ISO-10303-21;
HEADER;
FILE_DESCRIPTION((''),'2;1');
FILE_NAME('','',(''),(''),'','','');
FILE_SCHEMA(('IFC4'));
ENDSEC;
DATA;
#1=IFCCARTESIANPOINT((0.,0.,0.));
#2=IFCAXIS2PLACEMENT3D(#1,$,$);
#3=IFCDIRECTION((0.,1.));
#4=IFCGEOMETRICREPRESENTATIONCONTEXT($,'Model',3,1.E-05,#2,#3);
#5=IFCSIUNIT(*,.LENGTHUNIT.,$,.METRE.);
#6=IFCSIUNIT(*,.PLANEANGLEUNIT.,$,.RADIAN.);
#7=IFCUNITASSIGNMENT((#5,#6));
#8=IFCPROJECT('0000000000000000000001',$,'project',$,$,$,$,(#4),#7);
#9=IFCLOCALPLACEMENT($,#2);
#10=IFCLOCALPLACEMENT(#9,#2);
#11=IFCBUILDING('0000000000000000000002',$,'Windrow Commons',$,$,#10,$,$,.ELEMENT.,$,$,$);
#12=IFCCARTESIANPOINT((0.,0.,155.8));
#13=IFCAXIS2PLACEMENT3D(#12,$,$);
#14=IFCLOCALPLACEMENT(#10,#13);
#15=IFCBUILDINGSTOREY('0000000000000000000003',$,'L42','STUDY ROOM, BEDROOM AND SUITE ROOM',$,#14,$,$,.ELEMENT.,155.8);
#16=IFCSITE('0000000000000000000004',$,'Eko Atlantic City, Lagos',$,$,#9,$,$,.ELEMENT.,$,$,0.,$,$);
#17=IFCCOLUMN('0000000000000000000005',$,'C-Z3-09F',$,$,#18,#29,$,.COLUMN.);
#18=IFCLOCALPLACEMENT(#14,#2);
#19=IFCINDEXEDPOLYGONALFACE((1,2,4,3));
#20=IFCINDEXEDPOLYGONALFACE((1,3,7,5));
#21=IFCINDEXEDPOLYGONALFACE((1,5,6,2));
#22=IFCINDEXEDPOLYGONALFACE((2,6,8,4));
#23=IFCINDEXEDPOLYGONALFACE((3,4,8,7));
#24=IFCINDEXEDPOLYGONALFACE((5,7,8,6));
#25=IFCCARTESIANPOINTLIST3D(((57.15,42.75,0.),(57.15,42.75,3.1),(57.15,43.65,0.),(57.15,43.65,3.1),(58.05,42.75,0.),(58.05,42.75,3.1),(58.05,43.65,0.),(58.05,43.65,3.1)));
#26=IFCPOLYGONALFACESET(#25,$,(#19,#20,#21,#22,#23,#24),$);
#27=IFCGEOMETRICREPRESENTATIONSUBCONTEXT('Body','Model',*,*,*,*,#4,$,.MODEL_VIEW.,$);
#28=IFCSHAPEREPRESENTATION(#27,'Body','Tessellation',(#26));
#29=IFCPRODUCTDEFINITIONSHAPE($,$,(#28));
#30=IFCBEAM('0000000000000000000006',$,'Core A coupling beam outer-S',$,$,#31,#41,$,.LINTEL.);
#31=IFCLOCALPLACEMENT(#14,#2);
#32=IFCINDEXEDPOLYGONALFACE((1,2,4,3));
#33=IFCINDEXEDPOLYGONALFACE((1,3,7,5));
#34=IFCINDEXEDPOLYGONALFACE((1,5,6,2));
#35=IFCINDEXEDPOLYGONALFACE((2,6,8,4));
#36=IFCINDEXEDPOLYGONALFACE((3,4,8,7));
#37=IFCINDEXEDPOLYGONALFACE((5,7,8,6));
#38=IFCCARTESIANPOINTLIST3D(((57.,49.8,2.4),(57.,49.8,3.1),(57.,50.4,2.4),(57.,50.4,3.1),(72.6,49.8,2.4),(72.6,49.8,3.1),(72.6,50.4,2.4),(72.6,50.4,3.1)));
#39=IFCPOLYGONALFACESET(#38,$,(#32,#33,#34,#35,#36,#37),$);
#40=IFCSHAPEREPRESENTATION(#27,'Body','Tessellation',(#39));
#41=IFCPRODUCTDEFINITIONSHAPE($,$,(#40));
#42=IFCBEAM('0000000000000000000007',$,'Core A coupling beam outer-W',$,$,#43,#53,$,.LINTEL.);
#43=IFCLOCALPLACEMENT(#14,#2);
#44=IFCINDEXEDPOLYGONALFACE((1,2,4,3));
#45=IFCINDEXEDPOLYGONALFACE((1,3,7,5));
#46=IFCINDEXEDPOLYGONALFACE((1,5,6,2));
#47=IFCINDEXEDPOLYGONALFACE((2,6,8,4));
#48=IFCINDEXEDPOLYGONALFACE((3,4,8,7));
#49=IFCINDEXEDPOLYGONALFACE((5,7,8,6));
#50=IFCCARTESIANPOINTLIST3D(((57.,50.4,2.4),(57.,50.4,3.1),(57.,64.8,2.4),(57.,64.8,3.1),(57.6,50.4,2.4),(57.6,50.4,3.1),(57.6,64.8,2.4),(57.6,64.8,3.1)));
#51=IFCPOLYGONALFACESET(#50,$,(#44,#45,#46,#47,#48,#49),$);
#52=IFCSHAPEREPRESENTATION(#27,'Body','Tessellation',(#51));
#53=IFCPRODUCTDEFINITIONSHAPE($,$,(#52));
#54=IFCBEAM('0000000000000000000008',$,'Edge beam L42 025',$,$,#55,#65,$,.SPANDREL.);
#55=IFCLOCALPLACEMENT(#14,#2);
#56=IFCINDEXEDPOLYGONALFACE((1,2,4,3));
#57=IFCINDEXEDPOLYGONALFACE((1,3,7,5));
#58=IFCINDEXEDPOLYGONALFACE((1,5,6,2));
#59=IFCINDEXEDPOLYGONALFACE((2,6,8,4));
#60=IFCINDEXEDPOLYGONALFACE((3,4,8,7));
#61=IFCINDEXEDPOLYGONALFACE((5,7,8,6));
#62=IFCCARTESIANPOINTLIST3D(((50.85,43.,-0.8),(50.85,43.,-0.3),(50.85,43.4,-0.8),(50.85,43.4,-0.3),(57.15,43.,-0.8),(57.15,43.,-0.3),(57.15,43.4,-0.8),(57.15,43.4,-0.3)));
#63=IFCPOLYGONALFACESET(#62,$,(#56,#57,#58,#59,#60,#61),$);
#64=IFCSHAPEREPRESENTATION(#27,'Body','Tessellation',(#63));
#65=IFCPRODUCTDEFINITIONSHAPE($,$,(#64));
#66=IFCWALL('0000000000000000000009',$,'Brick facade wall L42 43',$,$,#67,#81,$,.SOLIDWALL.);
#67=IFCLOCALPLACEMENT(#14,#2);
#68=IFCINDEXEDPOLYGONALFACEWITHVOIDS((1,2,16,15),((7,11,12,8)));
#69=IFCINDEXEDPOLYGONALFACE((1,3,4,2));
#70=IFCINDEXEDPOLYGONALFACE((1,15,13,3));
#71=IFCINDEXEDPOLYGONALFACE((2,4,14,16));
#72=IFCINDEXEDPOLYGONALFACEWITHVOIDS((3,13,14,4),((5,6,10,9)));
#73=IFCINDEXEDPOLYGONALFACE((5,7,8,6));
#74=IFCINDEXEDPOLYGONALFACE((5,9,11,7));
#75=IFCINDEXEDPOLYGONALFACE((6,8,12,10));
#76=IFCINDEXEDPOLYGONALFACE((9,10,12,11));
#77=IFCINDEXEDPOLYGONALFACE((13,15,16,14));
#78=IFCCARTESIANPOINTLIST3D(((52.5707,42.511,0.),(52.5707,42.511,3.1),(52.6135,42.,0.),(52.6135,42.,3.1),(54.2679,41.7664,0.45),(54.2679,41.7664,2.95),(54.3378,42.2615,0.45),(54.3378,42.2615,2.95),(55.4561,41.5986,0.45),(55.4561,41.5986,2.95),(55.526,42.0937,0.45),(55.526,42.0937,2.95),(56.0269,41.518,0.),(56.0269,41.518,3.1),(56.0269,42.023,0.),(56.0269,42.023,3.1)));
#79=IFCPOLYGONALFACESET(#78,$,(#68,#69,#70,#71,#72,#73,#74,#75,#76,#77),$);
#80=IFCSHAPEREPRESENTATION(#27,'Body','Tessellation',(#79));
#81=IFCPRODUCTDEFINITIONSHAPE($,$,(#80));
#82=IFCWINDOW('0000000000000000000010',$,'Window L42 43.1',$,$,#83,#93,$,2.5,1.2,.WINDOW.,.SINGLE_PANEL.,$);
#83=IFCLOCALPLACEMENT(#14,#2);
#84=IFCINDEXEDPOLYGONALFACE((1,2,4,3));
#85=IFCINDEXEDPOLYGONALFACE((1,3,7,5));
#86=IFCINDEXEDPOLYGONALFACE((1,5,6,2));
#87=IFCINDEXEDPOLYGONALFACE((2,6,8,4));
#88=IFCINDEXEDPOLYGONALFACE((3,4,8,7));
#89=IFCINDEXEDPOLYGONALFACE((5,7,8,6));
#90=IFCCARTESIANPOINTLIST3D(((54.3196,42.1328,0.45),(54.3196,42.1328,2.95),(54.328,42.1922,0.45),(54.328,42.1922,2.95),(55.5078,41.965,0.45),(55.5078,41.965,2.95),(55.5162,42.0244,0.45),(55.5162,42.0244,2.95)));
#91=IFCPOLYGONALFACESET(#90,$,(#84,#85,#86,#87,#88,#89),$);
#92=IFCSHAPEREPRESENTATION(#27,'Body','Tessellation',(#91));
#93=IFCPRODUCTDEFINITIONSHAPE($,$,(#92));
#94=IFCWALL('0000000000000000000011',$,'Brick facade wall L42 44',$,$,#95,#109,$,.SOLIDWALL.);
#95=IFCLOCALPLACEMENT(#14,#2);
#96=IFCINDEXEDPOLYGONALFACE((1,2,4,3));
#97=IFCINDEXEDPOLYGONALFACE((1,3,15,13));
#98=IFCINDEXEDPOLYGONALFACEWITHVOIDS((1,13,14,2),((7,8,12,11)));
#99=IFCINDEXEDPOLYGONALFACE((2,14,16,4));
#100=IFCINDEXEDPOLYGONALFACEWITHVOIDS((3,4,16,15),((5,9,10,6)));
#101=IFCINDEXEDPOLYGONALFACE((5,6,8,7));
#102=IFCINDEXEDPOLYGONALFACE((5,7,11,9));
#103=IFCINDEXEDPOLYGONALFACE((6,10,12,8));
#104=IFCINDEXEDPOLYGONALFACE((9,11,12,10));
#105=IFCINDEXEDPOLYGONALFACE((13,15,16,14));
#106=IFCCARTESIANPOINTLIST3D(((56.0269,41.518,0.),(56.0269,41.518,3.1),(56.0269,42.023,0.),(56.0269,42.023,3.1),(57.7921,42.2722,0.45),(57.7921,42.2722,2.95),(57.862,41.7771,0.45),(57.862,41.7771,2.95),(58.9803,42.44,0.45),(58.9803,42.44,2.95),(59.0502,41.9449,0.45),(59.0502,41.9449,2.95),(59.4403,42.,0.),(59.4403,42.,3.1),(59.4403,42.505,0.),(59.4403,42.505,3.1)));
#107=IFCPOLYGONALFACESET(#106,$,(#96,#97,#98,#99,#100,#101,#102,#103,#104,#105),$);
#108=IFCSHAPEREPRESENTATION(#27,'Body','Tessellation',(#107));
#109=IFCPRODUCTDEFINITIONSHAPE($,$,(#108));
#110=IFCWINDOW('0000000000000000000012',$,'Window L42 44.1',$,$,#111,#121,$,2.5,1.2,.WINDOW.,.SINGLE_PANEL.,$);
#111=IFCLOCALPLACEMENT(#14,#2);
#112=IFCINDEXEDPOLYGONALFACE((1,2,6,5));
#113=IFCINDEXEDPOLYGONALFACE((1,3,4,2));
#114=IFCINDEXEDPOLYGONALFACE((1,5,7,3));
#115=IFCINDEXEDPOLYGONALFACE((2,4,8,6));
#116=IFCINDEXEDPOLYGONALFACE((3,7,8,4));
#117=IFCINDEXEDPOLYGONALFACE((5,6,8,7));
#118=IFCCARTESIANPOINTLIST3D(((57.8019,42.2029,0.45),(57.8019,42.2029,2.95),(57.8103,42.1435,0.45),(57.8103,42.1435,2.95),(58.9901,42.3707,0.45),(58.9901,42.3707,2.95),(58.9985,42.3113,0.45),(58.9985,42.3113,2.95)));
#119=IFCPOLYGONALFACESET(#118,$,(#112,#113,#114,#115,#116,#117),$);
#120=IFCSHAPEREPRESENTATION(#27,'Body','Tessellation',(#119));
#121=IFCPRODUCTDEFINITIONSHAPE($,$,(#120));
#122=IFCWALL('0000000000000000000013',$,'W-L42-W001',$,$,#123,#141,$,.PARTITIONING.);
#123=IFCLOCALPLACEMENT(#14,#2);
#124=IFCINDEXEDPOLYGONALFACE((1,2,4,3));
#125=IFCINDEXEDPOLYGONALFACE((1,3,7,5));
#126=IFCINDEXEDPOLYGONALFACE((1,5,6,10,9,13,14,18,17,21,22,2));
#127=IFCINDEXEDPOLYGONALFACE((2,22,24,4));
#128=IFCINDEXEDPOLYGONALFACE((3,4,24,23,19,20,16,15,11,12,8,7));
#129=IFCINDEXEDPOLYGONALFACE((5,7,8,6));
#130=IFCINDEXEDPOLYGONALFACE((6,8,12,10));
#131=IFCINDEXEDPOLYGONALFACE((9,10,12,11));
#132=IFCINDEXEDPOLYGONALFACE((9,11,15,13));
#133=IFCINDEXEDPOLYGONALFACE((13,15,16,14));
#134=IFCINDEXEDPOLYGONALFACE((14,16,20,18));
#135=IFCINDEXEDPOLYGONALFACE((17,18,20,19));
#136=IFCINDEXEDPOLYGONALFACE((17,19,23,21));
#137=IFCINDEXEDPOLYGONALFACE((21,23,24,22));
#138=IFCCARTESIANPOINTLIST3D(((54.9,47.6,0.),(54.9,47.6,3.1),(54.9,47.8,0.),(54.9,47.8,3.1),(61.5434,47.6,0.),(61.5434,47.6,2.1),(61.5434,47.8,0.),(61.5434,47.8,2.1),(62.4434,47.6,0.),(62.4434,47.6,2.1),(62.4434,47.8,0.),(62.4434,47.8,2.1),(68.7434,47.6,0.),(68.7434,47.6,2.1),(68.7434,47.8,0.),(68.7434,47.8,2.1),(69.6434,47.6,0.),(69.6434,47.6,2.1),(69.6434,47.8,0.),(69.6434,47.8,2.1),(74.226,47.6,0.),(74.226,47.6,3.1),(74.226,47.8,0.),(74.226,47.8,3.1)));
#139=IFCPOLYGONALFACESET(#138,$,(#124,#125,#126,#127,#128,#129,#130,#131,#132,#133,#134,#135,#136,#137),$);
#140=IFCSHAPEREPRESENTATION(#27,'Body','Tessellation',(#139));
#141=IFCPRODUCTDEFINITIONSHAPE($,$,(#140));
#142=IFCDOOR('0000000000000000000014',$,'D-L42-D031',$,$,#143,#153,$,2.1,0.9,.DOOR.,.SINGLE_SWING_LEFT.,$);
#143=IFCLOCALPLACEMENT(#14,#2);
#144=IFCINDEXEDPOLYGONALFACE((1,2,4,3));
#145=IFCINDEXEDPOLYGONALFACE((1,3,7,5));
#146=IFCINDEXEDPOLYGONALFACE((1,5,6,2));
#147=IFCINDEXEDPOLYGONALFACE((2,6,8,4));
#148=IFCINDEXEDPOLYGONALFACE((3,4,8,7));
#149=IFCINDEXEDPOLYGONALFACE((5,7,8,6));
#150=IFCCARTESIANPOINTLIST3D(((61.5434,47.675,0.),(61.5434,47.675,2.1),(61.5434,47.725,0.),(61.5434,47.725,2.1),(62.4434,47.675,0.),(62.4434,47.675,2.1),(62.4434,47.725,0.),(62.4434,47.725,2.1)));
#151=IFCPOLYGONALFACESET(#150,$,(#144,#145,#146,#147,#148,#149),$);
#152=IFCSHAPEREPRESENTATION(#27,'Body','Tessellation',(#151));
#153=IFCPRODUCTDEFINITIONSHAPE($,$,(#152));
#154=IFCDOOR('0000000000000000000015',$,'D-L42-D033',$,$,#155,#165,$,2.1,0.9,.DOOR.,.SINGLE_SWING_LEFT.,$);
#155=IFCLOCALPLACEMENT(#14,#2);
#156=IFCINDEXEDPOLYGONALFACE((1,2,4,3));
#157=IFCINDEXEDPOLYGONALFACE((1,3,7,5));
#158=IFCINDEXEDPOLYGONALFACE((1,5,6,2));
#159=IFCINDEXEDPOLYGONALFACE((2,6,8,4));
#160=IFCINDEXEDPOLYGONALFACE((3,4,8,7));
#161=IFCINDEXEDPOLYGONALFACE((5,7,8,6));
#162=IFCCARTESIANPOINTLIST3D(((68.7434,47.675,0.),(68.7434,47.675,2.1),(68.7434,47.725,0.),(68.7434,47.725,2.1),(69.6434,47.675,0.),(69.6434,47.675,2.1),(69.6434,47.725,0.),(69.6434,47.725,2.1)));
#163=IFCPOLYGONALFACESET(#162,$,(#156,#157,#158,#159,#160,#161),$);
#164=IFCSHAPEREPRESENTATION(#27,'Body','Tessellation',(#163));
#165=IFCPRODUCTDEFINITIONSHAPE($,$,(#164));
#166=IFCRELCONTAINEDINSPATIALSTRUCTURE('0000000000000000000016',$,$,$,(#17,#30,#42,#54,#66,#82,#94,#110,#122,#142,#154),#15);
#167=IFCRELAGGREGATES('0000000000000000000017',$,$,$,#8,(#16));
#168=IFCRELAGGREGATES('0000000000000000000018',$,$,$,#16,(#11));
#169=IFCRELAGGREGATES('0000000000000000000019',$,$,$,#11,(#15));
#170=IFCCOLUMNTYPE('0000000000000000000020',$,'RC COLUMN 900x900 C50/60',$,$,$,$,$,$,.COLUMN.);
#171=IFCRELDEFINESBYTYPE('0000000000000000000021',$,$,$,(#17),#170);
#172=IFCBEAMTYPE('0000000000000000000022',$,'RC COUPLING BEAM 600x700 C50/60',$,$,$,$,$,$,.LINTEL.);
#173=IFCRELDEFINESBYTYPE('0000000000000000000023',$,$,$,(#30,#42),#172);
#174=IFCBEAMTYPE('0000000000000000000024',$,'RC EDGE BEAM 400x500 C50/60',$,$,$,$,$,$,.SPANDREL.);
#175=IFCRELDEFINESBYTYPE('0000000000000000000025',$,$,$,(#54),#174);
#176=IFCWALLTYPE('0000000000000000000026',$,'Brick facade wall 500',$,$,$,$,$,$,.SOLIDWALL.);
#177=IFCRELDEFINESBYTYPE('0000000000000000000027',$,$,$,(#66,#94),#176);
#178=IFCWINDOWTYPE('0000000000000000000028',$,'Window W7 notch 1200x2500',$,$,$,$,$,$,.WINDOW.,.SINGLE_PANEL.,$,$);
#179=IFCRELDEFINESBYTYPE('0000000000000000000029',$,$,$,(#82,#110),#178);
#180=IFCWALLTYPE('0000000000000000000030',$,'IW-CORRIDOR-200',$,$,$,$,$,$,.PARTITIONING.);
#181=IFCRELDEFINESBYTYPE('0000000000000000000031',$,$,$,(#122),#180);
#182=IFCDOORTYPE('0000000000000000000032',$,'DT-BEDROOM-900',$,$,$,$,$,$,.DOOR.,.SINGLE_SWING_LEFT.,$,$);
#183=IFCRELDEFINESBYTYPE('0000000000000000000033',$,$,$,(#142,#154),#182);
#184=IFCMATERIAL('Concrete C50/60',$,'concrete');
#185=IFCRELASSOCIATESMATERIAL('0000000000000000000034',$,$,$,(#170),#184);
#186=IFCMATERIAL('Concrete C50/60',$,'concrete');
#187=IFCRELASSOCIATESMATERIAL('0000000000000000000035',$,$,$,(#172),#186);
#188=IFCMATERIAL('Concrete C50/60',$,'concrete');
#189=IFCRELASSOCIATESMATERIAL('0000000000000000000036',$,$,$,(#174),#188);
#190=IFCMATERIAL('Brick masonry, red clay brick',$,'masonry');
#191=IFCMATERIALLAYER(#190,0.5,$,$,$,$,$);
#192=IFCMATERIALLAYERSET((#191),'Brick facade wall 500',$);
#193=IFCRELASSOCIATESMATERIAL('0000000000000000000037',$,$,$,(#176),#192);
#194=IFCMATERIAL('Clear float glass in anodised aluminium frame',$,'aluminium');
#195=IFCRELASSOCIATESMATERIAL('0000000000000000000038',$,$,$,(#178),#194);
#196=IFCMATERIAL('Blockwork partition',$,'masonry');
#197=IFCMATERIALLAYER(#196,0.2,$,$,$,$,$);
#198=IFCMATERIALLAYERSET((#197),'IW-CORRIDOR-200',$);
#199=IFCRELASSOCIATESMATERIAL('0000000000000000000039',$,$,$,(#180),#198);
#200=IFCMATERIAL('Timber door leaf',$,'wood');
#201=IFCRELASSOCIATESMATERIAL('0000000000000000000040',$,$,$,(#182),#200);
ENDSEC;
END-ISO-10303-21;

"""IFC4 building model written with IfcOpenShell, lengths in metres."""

from ifc_helpers import new_model, si_unit, direction, frame, frame_2d, origin, origin_2d, place, context, subcontext, project, spatial, polyline, rectangle, outline, extrude, material, layer, layer_set, material_profile, profile_set, type_object, element, fill, save


model = new_model("IFC4")

# Units and contexts
model_context = context("Model", 3, precision=1e-05, world=origin(), true_north=direction((0.0, 1.0)))
body_context = subcontext(model_context, "Body", "Model", "MODEL_VIEW")
ifc_project = project(units=[si_unit("LENGTHUNIT", "METRE"), si_unit("PLANEANGLEUNIT", "RADIAN")], contexts=[model_context])

# Site, building, storey
site_placement = place(None, origin())
site = spatial("IfcSite", under=ifc_project, at=site_placement, Name="Eko Atlantic City, Lagos", CompositionType="ELEMENT", RefElevation=0.0)
building_placement = place(site_placement, origin())
building = spatial("IfcBuilding", under=site, at=building_placement, Name="Windrow Commons", CompositionType="ELEMENT")
storey_placement = place(building_placement, frame((0.0, 0.0, 155.8)))
storey = spatial("IfcBuildingStorey", under=building, at=storey_placement, Name="L42", Description="STUDY ROOM, BEDROOM AND SUITE ROOM", CompositionType="ELEMENT", Elevation=155.8)

# Column
ifc_material_1 = material(Name="Concrete C50/60", Category="concrete")
ifc_material_profile_1 = material_profile(ifc_material_1, rectangle(XDim=0.9, YDim=0.9, at=origin_2d()))
ifc_profile_set_1 = profile_set([ifc_material_profile_1], Name="Concrete C50/60")
column_type = type_object("IfcColumnType", Name="RC COLUMN 900x900 C50/60", PredefinedType="COLUMN", material=ifc_profile_set_1)
column_placement = place(storey_placement, frame((57.6, 43.2, 0.0), z_axis=(0.0, 0.0, 1.0), x_axis=(1.0, 0.0, 0.0)))
element("IfcColumn", 1, at=column_placement, inside=storey, type_object=column_type, Name="C-Z3-09F", PredefinedType="COLUMN", context=body_context, shape_type="SweptSolid", body=[
    extrude(rectangle(XDim=0.9, YDim=0.9, at=origin_2d()), origin(), (0.0, 0.0, 1.0), 3.1),
])

# Beams
ifc_material_2 = material(Name="Concrete C50/60", Category="concrete")
ifc_material_profile_2 = material_profile(ifc_material_2, rectangle(XDim=0.6, YDim=0.7, at=origin_2d()))
ifc_profile_set_2 = profile_set([ifc_material_profile_2], Name="Concrete C50/60")
beam_type_1 = type_object("IfcBeamType", Name="RC COUPLING BEAM 600x700 C50/60", PredefinedType="LINTEL", material=ifc_profile_set_2)
beam_1_placement = place(storey_placement, frame((57.0, 50.1, 2.75), z_axis=(1.0, 0.0, 0.0), x_axis=(0.0, 1.0, 0.0)))
element("IfcBeam", 2, at=beam_1_placement, inside=storey, type_object=beam_type_1, Name="Core A coupling beam outer-S", PredefinedType="LINTEL", context=body_context, shape_type="SweptSolid", body=[
    extrude(rectangle(XDim=0.6, YDim=0.7, at=origin_2d()), origin(), (0.0, 0.0, 1.0), 15.6),
])
beam_2_placement = place(storey_placement, frame((57.3, 50.4, 2.75), z_axis=(0.0, 1.0, 0.0), x_axis=(-1.0, 0.0, 0.0)))
element("IfcBeam", 3, at=beam_2_placement, inside=storey, type_object=beam_type_1, Name="Core A coupling beam outer-W", PredefinedType="LINTEL", context=body_context, shape_type="SweptSolid", body=[
    extrude(rectangle(XDim=0.6, YDim=0.7, at=origin_2d()), origin(), (0.0, 0.0, 1.0), 14.4),
])
ifc_material_3 = material(Name="Concrete C50/60", Category="concrete")
ifc_material_profile_3 = material_profile(ifc_material_3, rectangle(XDim=0.4, YDim=0.5, at=origin_2d()))
ifc_profile_set_3 = profile_set([ifc_material_profile_3], Name="Concrete C50/60")
beam_type_2 = type_object("IfcBeamType", Name="RC EDGE BEAM 400x500 C50/60", PredefinedType="SPANDREL", material=ifc_profile_set_3)
beam_3_placement = place(storey_placement, frame((57.15, 43.2, -0.55), z_axis=(-1.0, 0.0, 0.0), x_axis=(0.0, -1.0, 0.0)))
element("IfcBeam", 4, at=beam_3_placement, inside=storey, type_object=beam_type_2, Name="Edge beam L42 025", PredefinedType="SPANDREL", context=body_context, shape_type="SweptSolid", body=[
    extrude(rectangle(XDim=0.4, YDim=0.5, at=origin_2d()), origin(), (0.0, 0.0, 1.0), 6.3),
])

# Walls, openings, windows
ifc_material_4 = material(Name="Brick masonry, red clay brick", Category="masonry")
ifc_layer_1 = layer(ifc_material_4, 0.5)
ifc_layer_set_1 = layer_set([ifc_layer_1], Name="Brick facade wall 500")
wall_type_1 = type_object("IfcWallType", Name="Brick facade wall 500", PredefinedType="SOLIDWALL", material=ifc_layer_set_1)
wall_1_placement = place(storey_placement, frame((52.5921, 42.2555, 0.0), z_axis=(0.0, 0.0, 1.0), x_axis=(0.990178, -0.139815, 0.0)))
wall_1 = element("IfcWall", 5, at=wall_1_placement, inside=storey, type_object=wall_type_1, Name="Brick facade wall L42 43", PredefinedType="SOLIDWALL", context=body_context, shape_type="SweptSolid", body=[
    extrude(outline(polyline([(0.0569, -0.25), (3.5042, -0.25), (3.4336, 0.25), (-0.0569, 0.25), (0.0569, -0.25)])), origin(), (0.0, 0.0, 1.0), 3.1),
])
opening_1_placement = place(wall_1_placement, frame((1.7277, 0.0, 0.45)))
opening_1 = element("IfcOpeningElement", 6, at=opening_1_placement, cuts=wall_1, PredefinedType="OPENING", context=body_context, shape_type="SweptSolid", body=[
    extrude(rectangle(XDim=1.2, YDim=2.5, at=frame_2d((0.6, 1.25))), frame((0.0, 0.26, 0.0), z_axis=(0.0, -1.0, 0.0), x_axis=(1.0, 0.0, 0.0)), (0.0, 0.0, 1.0), 0.52),
])
ifc_material_5 = material(Name="Clear float glass in anodised aluminium frame", Category="aluminium")
window_type = type_object("IfcWindowType", Name="Window W7 notch 1200x2500", PartitioningType="SINGLE_PANEL", PredefinedType="WINDOW", material=ifc_material_5)
window_1_placement = place(opening_1_placement, origin())
window_1 = element("IfcWindow", 7, at=window_1_placement, inside=storey, type_object=window_type, Name="Window L42 43.1", OverallHeight=2.5, OverallWidth=1.2, PartitioningType="SINGLE_PANEL", PredefinedType="WINDOW", context=body_context, shape_type="SweptSolid", body=[
    extrude(rectangle(XDim=1.2, YDim=2.5, at=frame_2d((0.6, 1.25))), frame((0.0, 0.18, 0.0), z_axis=(0.0, -1.0, 0.0), x_axis=(1.0, 0.0, 0.0)), (0.0, 0.0, 1.0), 0.06),
])
fill(opening_1, window_1)
wall_2_placement = place(storey_placement, frame((56.0269, 41.7705, 0.0), z_axis=(0.0, 0.0, 1.0), x_axis=(0.990177, 0.139817, 0.0)))
wall_2 = element("IfcWall", 8, at=wall_2_placement, inside=storey, type_object=wall_type_1, Name="Brick facade wall L42 44", PredefinedType="SOLIDWALL", context=body_context, shape_type="SweptSolid", body=[
    extrude(outline(polyline([(-0.0353, -0.25), (3.412, -0.25), (3.4826, 0.25), (0.0353, 0.25), (-0.0353, -0.25)])), origin(), (0.0, 0.0, 1.0), 3.1),
])
opening_2_placement = place(wall_2_placement, frame((1.818, 0.0, 0.45)))
opening_2 = element("IfcOpeningElement", 9, at=opening_2_placement, cuts=wall_2, PredefinedType="OPENING", context=body_context, shape_type="SweptSolid", body=[
    extrude(rectangle(XDim=1.2, YDim=2.5, at=frame_2d((0.6, 1.25))), frame((0.0, 0.26, 0.0), z_axis=(0.0, -1.0, 0.0), x_axis=(1.0, 0.0, 0.0)), (0.0, 0.0, 1.0), 0.52),
])
window_2_placement = place(opening_2_placement, origin())
window_2 = element("IfcWindow", 10, at=window_2_placement, inside=storey, type_object=window_type, Name="Window L42 44.1", OverallHeight=2.5, OverallWidth=1.2, PartitioningType="SINGLE_PANEL", PredefinedType="WINDOW", context=body_context, shape_type="SweptSolid", body=[
    extrude(rectangle(XDim=1.2, YDim=2.5, at=frame_2d((0.6, 1.25))), frame((0.0, 0.18, 0.0), z_axis=(0.0, -1.0, 0.0), x_axis=(1.0, 0.0, 0.0)), (0.0, 0.0, 1.0), 0.06),
])
fill(opening_2, window_2)

# Wall, openings, doors
ifc_material_6 = material(Name="Blockwork partition", Category="masonry")
ifc_layer_2 = layer(ifc_material_6, 0.2)
ifc_layer_set_2 = layer_set([ifc_layer_2], Name="IW-CORRIDOR-200")
wall_type_2 = type_object("IfcWallType", Name="IW-CORRIDOR-200", PredefinedType="PARTITIONING", material=ifc_layer_set_2)
wall_3_placement = place(storey_placement, frame((54.9, 47.7, 0.0), z_axis=(0.0, 0.0, 1.0), x_axis=(1.0, 0.0, 0.0)))
wall_3 = element("IfcWall", 11, at=wall_3_placement, inside=storey, type_object=wall_type_2, Name="W-L42-W001", PredefinedType="PARTITIONING", context=body_context, shape_type="SweptSolid", body=[
    extrude(rectangle(XDim=19.326, YDim=0.2, at=frame_2d((9.663, 0.0))), origin(), (0.0, 0.0, 1.0), 3.1),
])
opening_3_placement = place(wall_3_placement, frame((6.6434, 0.0, 0.0)))
opening_3 = element("IfcOpeningElement", 12, at=opening_3_placement, cuts=wall_3, PredefinedType="OPENING", context=body_context, shape_type="SweptSolid", body=[
    extrude(rectangle(XDim=0.9, YDim=2.1, at=frame_2d((0.45, 1.05))), frame((0.0, 0.11, 0.0), z_axis=(0.0, -1.0, 0.0), x_axis=(1.0, 0.0, 0.0)), (0.0, 0.0, 1.0), 0.22),
])
opening_4_placement = place(wall_3_placement, frame((13.8434, 0.0, 0.0)))
opening_4 = element("IfcOpeningElement", 13, at=opening_4_placement, cuts=wall_3, PredefinedType="OPENING", context=body_context, shape_type="SweptSolid", body=[
    extrude(rectangle(XDim=0.9, YDim=2.1, at=frame_2d((0.45, 1.05))), frame((0.0, 0.11, 0.0), z_axis=(0.0, -1.0, 0.0), x_axis=(1.0, 0.0, 0.0)), (0.0, 0.0, 1.0), 0.22),
])
ifc_material_7 = material(Name="Timber door leaf", Category="wood")
door_type_1 = type_object("IfcDoorType", Name="DT-BEDROOM-900", OperationType="SINGLE_SWING_LEFT", PredefinedType="DOOR", material=ifc_material_7)
door_1_placement = place(opening_3_placement, origin())
door_1 = element("IfcDoor", 14, at=door_1_placement, inside=storey, type_object=door_type_1, Name="D-L42-D031", OperationType="SINGLE_SWING_LEFT", OverallHeight=2.1, OverallWidth=0.9, PredefinedType="DOOR", context=body_context, shape_type="SweptSolid", body=[
    extrude(rectangle(XDim=0.9, YDim=2.1, at=frame_2d((0.45, 1.05))), frame((0.0, 0.025, 0.0), z_axis=(0.0, -1.0, 0.0), x_axis=(1.0, 0.0, 0.0)), (0.0, 0.0, 1.0), 0.05),
])
fill(opening_3, door_1)
door_2_placement = place(opening_4_placement, origin())
door_2 = element("IfcDoor", 15, at=door_2_placement, inside=storey, type_object=door_type_1, Name="D-L42-D033", OperationType="SINGLE_SWING_LEFT", OverallHeight=2.1, OverallWidth=0.9, PredefinedType="DOOR", context=body_context, shape_type="SweptSolid", body=[
    extrude(rectangle(XDim=0.9, YDim=2.1, at=frame_2d((0.45, 1.05))), frame((0.0, 0.025, 0.0), z_axis=(0.0, -1.0, 0.0), x_axis=(1.0, 0.0, 0.0)), (0.0, 0.0, 1.0), 0.05),
])
fill(opening_4, door_2)

save(model, "model.ifc")
